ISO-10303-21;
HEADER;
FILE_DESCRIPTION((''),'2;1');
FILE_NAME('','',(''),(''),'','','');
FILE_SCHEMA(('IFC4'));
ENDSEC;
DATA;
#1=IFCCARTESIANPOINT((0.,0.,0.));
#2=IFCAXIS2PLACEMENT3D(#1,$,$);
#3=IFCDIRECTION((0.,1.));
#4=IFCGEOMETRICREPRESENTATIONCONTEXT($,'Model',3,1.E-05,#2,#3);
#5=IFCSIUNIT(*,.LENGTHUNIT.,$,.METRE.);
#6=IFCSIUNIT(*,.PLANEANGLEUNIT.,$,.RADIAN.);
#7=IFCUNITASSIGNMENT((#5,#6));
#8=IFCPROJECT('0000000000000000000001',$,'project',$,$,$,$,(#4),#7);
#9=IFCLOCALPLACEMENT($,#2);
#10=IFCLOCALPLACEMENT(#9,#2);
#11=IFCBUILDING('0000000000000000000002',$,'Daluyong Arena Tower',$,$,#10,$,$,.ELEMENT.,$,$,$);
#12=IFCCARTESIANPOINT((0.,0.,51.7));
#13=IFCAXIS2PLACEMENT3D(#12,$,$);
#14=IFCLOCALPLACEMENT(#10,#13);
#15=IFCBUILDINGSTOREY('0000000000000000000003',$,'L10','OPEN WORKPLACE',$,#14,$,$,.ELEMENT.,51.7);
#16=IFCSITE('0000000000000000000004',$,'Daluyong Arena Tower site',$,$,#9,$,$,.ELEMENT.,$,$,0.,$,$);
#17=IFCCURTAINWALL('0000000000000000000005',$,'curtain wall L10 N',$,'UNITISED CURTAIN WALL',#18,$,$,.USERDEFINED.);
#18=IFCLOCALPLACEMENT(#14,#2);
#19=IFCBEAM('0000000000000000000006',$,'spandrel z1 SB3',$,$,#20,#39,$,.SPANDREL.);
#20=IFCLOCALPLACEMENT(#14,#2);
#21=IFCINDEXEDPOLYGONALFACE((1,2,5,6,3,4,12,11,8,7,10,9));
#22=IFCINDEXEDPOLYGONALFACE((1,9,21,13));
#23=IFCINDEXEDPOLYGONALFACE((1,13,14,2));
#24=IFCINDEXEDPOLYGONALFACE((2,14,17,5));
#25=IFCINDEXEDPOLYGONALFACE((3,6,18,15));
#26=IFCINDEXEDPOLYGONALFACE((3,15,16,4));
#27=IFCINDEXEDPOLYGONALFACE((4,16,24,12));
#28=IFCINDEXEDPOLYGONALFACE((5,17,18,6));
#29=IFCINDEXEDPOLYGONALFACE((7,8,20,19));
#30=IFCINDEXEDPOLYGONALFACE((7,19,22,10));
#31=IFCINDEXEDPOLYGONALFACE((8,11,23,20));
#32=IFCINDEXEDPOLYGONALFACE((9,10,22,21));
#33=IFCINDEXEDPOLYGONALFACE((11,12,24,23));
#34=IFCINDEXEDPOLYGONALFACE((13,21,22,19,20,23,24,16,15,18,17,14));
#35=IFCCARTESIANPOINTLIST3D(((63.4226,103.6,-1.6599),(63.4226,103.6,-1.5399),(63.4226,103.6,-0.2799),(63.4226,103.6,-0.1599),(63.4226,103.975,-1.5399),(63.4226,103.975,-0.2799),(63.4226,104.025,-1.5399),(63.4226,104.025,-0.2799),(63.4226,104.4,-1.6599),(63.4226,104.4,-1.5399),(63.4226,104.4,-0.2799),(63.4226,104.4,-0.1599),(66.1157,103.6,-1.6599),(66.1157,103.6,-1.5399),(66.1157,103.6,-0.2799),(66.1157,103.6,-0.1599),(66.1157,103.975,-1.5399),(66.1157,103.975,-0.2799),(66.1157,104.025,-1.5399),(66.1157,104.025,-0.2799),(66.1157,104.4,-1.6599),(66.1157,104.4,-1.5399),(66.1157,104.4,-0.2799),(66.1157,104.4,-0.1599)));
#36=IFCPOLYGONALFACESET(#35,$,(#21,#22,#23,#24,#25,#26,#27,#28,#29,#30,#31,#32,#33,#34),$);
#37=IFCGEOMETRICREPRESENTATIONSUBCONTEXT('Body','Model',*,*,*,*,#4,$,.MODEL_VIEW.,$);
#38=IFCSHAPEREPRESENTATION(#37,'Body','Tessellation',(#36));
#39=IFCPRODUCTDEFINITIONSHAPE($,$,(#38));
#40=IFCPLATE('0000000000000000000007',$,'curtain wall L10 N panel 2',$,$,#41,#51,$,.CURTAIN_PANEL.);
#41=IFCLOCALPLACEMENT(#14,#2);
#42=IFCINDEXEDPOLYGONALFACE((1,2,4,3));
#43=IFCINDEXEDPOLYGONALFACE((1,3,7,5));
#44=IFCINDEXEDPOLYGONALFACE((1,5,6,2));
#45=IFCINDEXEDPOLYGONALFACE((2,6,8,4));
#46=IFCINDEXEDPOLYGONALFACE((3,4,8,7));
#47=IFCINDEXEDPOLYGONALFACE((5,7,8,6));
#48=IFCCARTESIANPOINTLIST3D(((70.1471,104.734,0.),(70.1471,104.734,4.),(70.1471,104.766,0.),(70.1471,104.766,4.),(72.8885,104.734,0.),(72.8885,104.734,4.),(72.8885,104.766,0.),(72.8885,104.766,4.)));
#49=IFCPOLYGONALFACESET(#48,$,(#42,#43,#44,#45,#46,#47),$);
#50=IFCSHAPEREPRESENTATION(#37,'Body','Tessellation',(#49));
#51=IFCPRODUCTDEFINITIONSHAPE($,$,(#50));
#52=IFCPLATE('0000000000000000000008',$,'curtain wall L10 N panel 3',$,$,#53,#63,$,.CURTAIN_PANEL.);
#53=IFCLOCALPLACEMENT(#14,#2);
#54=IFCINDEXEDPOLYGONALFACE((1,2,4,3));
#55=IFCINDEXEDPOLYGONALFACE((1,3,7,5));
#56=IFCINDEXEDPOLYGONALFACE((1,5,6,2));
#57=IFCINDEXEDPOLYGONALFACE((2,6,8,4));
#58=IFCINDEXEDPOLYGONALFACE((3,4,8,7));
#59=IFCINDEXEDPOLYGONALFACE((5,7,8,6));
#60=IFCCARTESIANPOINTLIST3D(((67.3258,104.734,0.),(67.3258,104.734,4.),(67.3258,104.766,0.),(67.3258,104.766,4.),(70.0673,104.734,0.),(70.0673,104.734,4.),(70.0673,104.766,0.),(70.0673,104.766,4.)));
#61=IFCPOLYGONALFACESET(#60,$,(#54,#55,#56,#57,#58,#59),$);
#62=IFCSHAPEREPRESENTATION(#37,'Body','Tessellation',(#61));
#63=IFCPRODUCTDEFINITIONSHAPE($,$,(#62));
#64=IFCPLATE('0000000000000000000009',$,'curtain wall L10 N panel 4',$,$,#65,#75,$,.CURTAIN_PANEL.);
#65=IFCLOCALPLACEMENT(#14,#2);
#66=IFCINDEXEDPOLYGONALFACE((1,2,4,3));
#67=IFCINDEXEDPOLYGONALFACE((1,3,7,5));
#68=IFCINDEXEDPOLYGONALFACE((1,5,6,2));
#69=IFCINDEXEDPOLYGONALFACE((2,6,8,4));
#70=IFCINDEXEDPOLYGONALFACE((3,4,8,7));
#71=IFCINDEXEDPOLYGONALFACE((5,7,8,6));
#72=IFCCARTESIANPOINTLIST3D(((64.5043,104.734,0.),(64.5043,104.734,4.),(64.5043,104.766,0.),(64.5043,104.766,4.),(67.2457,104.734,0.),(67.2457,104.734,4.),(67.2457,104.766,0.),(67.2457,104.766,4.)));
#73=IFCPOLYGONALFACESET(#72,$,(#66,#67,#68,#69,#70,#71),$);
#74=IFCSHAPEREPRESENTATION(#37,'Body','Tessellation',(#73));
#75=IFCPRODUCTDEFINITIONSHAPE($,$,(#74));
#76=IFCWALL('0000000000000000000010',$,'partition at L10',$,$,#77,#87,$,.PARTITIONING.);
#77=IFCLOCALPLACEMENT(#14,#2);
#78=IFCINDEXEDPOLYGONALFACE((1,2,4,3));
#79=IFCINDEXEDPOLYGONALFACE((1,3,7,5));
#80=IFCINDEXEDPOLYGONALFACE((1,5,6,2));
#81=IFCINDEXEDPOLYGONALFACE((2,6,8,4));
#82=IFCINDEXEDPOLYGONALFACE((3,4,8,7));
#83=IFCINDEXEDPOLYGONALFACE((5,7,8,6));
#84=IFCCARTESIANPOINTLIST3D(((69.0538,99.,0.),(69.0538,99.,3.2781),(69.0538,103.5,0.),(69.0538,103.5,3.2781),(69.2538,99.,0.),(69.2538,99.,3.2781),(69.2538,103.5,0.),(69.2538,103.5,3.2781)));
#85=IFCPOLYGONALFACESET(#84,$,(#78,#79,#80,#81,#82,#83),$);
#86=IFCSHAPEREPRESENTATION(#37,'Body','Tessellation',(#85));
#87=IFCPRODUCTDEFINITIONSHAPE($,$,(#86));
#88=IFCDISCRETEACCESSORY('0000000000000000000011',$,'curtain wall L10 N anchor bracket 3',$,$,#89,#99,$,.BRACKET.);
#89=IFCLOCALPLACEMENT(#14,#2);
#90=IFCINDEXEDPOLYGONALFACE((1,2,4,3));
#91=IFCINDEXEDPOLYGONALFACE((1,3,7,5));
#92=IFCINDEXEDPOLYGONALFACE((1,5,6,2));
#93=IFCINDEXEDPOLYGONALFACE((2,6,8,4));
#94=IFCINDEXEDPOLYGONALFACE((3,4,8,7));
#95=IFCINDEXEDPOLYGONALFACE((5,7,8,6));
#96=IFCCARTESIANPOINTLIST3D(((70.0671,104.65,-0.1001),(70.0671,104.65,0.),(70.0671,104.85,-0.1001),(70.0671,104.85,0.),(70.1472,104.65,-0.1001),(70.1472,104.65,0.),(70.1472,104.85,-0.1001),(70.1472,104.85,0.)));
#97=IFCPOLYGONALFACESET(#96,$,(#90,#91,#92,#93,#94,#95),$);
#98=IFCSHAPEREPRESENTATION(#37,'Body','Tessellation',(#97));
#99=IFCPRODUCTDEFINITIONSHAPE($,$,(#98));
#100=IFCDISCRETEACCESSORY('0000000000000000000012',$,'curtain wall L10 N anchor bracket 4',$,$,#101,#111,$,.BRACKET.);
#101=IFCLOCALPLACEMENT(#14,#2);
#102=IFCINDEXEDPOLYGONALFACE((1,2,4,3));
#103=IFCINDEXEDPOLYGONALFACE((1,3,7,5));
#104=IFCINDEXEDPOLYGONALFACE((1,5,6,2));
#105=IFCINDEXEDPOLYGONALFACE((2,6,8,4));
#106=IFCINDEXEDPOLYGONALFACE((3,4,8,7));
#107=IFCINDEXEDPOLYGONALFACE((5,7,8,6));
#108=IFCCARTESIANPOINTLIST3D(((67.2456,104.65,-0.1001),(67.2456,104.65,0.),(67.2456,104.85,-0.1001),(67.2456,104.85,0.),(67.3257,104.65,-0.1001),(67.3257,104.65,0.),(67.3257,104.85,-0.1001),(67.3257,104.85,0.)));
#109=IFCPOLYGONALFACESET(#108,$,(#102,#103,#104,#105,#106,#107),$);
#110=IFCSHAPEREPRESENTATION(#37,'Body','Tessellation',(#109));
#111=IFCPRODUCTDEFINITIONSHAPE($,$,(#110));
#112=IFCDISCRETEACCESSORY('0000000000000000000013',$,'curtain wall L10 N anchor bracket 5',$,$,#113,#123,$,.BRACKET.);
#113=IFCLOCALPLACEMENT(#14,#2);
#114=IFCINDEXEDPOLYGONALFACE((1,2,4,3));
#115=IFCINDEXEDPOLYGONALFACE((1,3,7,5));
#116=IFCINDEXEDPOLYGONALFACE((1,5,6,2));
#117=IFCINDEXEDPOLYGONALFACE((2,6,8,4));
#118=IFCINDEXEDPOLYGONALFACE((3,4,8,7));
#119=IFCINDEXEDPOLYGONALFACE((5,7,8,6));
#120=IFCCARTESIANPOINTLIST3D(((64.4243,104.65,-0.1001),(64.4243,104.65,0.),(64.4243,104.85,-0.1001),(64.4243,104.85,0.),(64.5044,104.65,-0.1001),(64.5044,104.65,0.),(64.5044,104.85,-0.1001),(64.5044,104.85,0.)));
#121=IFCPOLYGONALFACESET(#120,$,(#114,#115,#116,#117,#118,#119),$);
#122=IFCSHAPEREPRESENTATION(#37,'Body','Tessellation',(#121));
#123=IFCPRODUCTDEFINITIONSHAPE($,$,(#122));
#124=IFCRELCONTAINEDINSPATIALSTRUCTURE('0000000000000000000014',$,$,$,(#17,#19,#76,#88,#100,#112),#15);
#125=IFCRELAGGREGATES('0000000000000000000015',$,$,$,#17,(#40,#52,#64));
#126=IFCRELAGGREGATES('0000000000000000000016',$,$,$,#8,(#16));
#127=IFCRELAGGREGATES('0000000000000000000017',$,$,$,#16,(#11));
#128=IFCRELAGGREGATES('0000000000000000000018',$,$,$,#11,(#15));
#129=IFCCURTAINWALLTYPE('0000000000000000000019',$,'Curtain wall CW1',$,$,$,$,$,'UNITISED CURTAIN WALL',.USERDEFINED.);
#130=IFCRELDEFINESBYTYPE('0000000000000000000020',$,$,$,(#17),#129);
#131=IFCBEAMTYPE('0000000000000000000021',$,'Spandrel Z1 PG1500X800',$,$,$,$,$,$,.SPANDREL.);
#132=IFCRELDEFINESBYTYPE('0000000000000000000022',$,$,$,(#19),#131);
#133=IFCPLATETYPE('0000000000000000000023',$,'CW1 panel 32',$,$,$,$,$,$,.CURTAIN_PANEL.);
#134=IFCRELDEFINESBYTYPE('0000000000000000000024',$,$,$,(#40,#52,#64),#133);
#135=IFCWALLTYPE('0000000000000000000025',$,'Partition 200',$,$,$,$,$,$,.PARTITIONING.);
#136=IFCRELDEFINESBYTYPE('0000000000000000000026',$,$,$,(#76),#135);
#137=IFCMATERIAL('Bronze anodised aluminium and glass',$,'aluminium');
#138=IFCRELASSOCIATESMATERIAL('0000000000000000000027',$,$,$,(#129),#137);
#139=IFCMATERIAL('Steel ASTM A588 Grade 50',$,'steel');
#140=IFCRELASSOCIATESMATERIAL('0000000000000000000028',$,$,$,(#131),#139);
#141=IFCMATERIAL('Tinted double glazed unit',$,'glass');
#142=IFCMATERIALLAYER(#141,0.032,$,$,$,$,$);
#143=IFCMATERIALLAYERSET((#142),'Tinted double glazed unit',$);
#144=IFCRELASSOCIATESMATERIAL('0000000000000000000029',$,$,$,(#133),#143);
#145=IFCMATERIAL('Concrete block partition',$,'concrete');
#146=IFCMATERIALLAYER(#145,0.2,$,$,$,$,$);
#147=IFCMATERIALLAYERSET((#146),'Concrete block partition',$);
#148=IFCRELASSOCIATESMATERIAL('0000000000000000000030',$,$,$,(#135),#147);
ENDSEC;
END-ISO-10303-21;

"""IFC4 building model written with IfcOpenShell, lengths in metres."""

from ifc_helpers import new_model, si_unit, direction, frame, frame_2d, origin, origin_2d, place, context, subcontext, project, spatial, rectangle, i_section, extrude, material, layer, layer_set, material_profile, profile_set, type_object, element, aggregate, save


model = new_model("IFC4")

# Units and contexts
model_context = context("Model", 3, precision=1e-05, world=origin(), true_north=direction((0.0, 1.0)))
body_context = subcontext(model_context, "Body", "Model", "MODEL_VIEW")
ifc_project = project(units=[si_unit("LENGTHUNIT", "METRE"), si_unit("PLANEANGLEUNIT", "RADIAN")], contexts=[model_context])

# Site, building, storey
site_placement = place(None, origin())
site = spatial("IfcSite", under=ifc_project, at=site_placement, Name="Daluyong Arena Tower site", CompositionType="ELEMENT", RefElevation=0.0)
building_placement = place(site_placement, origin())
building = spatial("IfcBuilding", under=site, at=building_placement, Name="Daluyong Arena Tower", CompositionType="ELEMENT")
storey_placement = place(building_placement, frame((0.0, 0.0, 51.7)))
storey = spatial("IfcBuildingStorey", under=building, at=storey_placement, Name="L10", Description="OPEN WORKPLACE", CompositionType="ELEMENT", Elevation=51.7)

# Curtain wall
ifc_material_1 = material(Name="Bronze anodised aluminium and glass", Category="aluminium")
curtain_wall_type = type_object("IfcCurtainWallType", Name="Curtain wall CW1", ElementType="UNITISED CURTAIN WALL", PredefinedType="USERDEFINED", material=ifc_material_1)
curtain_wall_placement = place(storey_placement, origin())
curtain_wall = element("IfcCurtainWall", 1, at=curtain_wall_placement, inside=storey, type_object=curtain_wall_type, Name="curtain wall L10 N", ObjectType="UNITISED CURTAIN WALL", PredefinedType="USERDEFINED")

# Beam
ifc_material_2 = material(Name="Steel ASTM A588 Grade 50", Category="steel")
ifc_material_profile_1 = material_profile(ifc_material_2, i_section(OverallWidth=0.8, OverallDepth=1.5, WebThickness=0.05, FlangeThickness=0.12, at=origin_2d()))
ifc_profile_set_1 = profile_set([ifc_material_profile_1], Name="Steel ASTM A588 Grade 50")
beam_type_1 = type_object("IfcBeamType", Name="Spandrel Z1 PG1500X800", PredefinedType="SPANDREL", material=ifc_profile_set_1)
for number, where, z_axis, x_axis, name in (
    (2, (66.1157, 104.0, -0.9099), (-1.0, 0.0, 0.0), (0.0, -1.0, 0.0), "spandrel z1 SB3"),
):
    element("IfcBeam", number, at=place(storey_placement, frame(where, z_axis=z_axis, x_axis=x_axis)), inside=storey, type_object=beam_type_1, Name=name, PredefinedType="SPANDREL", context=body_context, shape_type="SweptSolid", body=[
        extrude(i_section(OverallWidth=0.8, OverallDepth=1.5, WebThickness=0.05, FlangeThickness=0.12, at=origin_2d()), origin(), (0.0, 0.0, 1.0), 2.6931),
    ])

# Plates
ifc_material_3 = material(Name="Tinted double glazed unit", Category="glass")
ifc_layer_1 = layer(ifc_material_3, 0.032)
ifc_layer_set_1 = layer_set([ifc_layer_1], Name="Tinted double glazed unit")
plate_type = type_object("IfcPlateType", Name="CW1 panel 32", PredefinedType="CURTAIN_PANEL", material=ifc_layer_set_1)
plate_1_placement = place(storey_placement, frame((71.5178, 104.75, 0.0), z_axis=(0.0, 0.0, 1.0), x_axis=(-1.0, 0.0, 0.0)))
plate_1 = element("IfcPlate", 3, at=plate_1_placement, type_object=plate_type, Name="curtain wall L10 N panel 2", PredefinedType="CURTAIN_PANEL", context=body_context, shape_type="SweptSolid", body=[
    extrude(rectangle(XDim=2.7415, YDim=0.032, at=origin_2d()), origin(), (0.0, 0.0, 1.0), 4.0),
])
plate_2_placement = place(storey_placement, frame((68.6965, 104.75, 0.0), z_axis=(0.0, 0.0, 1.0), x_axis=(-1.0, 0.0, 0.0)))
plate_2 = element("IfcPlate", 4, at=plate_2_placement, type_object=plate_type, Name="curtain wall L10 N panel 3", PredefinedType="CURTAIN_PANEL", context=body_context, shape_type="SweptSolid", body=[
    extrude(rectangle(XDim=2.7415, YDim=0.032, at=origin_2d()), origin(), (0.0, 0.0, 1.0), 4.0),
])
plate_3_placement = place(storey_placement, frame((65.875, 104.75, 0.0), z_axis=(0.0, 0.0, 1.0), x_axis=(-1.0, 0.0, 0.0)))
plate_3 = element("IfcPlate", 5, at=plate_3_placement, type_object=plate_type, Name="curtain wall L10 N panel 4", PredefinedType="CURTAIN_PANEL", context=body_context, shape_type="SweptSolid", body=[
    extrude(rectangle(XDim=2.7415, YDim=0.032, at=origin_2d()), origin(), (0.0, 0.0, 1.0), 4.0),
])
aggregate(curtain_wall, [plate_1, plate_2, plate_3])

# Wall
ifc_material_4 = material(Name="Concrete block partition", Category="concrete")
ifc_layer_2 = layer(ifc_material_4, 0.2)
ifc_layer_set_2 = layer_set([ifc_layer_2], Name="Concrete block partition")
wall_type = type_object("IfcWallType", Name="Partition 200", PredefinedType="PARTITIONING", material=ifc_layer_set_2)
wall_placement = place(storey_placement, frame((69.1538, 99.0, 0.0), z_axis=(0.0, 0.0, 1.0), x_axis=(0.0, 1.0, 0.0)))
element("IfcWall", 6, at=wall_placement, inside=storey, type_object=wall_type, Name="partition at L10", PredefinedType="PARTITIONING", context=body_context, shape_type="SweptSolid", body=[
    extrude(rectangle(XDim=4.5, YDim=0.2, at=frame_2d((2.25, 0.0))), origin(), (0.0, 0.0, 1.0), 3.2781),
])

# Discrete accessories
for number, where, z_axis, x_axis, name in (
    (7, (70.1072, 104.75, -0.1001), (0.0, 0.0, 1.0), (-1.0, 0.0, 0.0), "curtain wall L10 N anchor bracket 3"),
    (8, (67.2856, 104.75, -0.1001), (0.0, 0.0, 1.0), (-1.0, 0.0, 0.0), "curtain wall L10 N anchor bracket 4"),
    (9, (64.4644, 104.75, -0.1001), (0.0, 0.0, 1.0), (-1.0, 0.0, 0.0), "curtain wall L10 N anchor bracket 5"),
):
    element("IfcDiscreteAccessory", number, at=place(storey_placement, frame(where, z_axis=z_axis, x_axis=x_axis)), inside=storey, Name=name, PredefinedType="BRACKET", context=body_context, shape_type="SweptSolid", body=[
        extrude(rectangle(XDim=0.0801, YDim=0.2, at=origin_2d()), origin(), (0.0, 0.0, 1.0), 0.1001),
    ])

save(model, "model.ifc")
